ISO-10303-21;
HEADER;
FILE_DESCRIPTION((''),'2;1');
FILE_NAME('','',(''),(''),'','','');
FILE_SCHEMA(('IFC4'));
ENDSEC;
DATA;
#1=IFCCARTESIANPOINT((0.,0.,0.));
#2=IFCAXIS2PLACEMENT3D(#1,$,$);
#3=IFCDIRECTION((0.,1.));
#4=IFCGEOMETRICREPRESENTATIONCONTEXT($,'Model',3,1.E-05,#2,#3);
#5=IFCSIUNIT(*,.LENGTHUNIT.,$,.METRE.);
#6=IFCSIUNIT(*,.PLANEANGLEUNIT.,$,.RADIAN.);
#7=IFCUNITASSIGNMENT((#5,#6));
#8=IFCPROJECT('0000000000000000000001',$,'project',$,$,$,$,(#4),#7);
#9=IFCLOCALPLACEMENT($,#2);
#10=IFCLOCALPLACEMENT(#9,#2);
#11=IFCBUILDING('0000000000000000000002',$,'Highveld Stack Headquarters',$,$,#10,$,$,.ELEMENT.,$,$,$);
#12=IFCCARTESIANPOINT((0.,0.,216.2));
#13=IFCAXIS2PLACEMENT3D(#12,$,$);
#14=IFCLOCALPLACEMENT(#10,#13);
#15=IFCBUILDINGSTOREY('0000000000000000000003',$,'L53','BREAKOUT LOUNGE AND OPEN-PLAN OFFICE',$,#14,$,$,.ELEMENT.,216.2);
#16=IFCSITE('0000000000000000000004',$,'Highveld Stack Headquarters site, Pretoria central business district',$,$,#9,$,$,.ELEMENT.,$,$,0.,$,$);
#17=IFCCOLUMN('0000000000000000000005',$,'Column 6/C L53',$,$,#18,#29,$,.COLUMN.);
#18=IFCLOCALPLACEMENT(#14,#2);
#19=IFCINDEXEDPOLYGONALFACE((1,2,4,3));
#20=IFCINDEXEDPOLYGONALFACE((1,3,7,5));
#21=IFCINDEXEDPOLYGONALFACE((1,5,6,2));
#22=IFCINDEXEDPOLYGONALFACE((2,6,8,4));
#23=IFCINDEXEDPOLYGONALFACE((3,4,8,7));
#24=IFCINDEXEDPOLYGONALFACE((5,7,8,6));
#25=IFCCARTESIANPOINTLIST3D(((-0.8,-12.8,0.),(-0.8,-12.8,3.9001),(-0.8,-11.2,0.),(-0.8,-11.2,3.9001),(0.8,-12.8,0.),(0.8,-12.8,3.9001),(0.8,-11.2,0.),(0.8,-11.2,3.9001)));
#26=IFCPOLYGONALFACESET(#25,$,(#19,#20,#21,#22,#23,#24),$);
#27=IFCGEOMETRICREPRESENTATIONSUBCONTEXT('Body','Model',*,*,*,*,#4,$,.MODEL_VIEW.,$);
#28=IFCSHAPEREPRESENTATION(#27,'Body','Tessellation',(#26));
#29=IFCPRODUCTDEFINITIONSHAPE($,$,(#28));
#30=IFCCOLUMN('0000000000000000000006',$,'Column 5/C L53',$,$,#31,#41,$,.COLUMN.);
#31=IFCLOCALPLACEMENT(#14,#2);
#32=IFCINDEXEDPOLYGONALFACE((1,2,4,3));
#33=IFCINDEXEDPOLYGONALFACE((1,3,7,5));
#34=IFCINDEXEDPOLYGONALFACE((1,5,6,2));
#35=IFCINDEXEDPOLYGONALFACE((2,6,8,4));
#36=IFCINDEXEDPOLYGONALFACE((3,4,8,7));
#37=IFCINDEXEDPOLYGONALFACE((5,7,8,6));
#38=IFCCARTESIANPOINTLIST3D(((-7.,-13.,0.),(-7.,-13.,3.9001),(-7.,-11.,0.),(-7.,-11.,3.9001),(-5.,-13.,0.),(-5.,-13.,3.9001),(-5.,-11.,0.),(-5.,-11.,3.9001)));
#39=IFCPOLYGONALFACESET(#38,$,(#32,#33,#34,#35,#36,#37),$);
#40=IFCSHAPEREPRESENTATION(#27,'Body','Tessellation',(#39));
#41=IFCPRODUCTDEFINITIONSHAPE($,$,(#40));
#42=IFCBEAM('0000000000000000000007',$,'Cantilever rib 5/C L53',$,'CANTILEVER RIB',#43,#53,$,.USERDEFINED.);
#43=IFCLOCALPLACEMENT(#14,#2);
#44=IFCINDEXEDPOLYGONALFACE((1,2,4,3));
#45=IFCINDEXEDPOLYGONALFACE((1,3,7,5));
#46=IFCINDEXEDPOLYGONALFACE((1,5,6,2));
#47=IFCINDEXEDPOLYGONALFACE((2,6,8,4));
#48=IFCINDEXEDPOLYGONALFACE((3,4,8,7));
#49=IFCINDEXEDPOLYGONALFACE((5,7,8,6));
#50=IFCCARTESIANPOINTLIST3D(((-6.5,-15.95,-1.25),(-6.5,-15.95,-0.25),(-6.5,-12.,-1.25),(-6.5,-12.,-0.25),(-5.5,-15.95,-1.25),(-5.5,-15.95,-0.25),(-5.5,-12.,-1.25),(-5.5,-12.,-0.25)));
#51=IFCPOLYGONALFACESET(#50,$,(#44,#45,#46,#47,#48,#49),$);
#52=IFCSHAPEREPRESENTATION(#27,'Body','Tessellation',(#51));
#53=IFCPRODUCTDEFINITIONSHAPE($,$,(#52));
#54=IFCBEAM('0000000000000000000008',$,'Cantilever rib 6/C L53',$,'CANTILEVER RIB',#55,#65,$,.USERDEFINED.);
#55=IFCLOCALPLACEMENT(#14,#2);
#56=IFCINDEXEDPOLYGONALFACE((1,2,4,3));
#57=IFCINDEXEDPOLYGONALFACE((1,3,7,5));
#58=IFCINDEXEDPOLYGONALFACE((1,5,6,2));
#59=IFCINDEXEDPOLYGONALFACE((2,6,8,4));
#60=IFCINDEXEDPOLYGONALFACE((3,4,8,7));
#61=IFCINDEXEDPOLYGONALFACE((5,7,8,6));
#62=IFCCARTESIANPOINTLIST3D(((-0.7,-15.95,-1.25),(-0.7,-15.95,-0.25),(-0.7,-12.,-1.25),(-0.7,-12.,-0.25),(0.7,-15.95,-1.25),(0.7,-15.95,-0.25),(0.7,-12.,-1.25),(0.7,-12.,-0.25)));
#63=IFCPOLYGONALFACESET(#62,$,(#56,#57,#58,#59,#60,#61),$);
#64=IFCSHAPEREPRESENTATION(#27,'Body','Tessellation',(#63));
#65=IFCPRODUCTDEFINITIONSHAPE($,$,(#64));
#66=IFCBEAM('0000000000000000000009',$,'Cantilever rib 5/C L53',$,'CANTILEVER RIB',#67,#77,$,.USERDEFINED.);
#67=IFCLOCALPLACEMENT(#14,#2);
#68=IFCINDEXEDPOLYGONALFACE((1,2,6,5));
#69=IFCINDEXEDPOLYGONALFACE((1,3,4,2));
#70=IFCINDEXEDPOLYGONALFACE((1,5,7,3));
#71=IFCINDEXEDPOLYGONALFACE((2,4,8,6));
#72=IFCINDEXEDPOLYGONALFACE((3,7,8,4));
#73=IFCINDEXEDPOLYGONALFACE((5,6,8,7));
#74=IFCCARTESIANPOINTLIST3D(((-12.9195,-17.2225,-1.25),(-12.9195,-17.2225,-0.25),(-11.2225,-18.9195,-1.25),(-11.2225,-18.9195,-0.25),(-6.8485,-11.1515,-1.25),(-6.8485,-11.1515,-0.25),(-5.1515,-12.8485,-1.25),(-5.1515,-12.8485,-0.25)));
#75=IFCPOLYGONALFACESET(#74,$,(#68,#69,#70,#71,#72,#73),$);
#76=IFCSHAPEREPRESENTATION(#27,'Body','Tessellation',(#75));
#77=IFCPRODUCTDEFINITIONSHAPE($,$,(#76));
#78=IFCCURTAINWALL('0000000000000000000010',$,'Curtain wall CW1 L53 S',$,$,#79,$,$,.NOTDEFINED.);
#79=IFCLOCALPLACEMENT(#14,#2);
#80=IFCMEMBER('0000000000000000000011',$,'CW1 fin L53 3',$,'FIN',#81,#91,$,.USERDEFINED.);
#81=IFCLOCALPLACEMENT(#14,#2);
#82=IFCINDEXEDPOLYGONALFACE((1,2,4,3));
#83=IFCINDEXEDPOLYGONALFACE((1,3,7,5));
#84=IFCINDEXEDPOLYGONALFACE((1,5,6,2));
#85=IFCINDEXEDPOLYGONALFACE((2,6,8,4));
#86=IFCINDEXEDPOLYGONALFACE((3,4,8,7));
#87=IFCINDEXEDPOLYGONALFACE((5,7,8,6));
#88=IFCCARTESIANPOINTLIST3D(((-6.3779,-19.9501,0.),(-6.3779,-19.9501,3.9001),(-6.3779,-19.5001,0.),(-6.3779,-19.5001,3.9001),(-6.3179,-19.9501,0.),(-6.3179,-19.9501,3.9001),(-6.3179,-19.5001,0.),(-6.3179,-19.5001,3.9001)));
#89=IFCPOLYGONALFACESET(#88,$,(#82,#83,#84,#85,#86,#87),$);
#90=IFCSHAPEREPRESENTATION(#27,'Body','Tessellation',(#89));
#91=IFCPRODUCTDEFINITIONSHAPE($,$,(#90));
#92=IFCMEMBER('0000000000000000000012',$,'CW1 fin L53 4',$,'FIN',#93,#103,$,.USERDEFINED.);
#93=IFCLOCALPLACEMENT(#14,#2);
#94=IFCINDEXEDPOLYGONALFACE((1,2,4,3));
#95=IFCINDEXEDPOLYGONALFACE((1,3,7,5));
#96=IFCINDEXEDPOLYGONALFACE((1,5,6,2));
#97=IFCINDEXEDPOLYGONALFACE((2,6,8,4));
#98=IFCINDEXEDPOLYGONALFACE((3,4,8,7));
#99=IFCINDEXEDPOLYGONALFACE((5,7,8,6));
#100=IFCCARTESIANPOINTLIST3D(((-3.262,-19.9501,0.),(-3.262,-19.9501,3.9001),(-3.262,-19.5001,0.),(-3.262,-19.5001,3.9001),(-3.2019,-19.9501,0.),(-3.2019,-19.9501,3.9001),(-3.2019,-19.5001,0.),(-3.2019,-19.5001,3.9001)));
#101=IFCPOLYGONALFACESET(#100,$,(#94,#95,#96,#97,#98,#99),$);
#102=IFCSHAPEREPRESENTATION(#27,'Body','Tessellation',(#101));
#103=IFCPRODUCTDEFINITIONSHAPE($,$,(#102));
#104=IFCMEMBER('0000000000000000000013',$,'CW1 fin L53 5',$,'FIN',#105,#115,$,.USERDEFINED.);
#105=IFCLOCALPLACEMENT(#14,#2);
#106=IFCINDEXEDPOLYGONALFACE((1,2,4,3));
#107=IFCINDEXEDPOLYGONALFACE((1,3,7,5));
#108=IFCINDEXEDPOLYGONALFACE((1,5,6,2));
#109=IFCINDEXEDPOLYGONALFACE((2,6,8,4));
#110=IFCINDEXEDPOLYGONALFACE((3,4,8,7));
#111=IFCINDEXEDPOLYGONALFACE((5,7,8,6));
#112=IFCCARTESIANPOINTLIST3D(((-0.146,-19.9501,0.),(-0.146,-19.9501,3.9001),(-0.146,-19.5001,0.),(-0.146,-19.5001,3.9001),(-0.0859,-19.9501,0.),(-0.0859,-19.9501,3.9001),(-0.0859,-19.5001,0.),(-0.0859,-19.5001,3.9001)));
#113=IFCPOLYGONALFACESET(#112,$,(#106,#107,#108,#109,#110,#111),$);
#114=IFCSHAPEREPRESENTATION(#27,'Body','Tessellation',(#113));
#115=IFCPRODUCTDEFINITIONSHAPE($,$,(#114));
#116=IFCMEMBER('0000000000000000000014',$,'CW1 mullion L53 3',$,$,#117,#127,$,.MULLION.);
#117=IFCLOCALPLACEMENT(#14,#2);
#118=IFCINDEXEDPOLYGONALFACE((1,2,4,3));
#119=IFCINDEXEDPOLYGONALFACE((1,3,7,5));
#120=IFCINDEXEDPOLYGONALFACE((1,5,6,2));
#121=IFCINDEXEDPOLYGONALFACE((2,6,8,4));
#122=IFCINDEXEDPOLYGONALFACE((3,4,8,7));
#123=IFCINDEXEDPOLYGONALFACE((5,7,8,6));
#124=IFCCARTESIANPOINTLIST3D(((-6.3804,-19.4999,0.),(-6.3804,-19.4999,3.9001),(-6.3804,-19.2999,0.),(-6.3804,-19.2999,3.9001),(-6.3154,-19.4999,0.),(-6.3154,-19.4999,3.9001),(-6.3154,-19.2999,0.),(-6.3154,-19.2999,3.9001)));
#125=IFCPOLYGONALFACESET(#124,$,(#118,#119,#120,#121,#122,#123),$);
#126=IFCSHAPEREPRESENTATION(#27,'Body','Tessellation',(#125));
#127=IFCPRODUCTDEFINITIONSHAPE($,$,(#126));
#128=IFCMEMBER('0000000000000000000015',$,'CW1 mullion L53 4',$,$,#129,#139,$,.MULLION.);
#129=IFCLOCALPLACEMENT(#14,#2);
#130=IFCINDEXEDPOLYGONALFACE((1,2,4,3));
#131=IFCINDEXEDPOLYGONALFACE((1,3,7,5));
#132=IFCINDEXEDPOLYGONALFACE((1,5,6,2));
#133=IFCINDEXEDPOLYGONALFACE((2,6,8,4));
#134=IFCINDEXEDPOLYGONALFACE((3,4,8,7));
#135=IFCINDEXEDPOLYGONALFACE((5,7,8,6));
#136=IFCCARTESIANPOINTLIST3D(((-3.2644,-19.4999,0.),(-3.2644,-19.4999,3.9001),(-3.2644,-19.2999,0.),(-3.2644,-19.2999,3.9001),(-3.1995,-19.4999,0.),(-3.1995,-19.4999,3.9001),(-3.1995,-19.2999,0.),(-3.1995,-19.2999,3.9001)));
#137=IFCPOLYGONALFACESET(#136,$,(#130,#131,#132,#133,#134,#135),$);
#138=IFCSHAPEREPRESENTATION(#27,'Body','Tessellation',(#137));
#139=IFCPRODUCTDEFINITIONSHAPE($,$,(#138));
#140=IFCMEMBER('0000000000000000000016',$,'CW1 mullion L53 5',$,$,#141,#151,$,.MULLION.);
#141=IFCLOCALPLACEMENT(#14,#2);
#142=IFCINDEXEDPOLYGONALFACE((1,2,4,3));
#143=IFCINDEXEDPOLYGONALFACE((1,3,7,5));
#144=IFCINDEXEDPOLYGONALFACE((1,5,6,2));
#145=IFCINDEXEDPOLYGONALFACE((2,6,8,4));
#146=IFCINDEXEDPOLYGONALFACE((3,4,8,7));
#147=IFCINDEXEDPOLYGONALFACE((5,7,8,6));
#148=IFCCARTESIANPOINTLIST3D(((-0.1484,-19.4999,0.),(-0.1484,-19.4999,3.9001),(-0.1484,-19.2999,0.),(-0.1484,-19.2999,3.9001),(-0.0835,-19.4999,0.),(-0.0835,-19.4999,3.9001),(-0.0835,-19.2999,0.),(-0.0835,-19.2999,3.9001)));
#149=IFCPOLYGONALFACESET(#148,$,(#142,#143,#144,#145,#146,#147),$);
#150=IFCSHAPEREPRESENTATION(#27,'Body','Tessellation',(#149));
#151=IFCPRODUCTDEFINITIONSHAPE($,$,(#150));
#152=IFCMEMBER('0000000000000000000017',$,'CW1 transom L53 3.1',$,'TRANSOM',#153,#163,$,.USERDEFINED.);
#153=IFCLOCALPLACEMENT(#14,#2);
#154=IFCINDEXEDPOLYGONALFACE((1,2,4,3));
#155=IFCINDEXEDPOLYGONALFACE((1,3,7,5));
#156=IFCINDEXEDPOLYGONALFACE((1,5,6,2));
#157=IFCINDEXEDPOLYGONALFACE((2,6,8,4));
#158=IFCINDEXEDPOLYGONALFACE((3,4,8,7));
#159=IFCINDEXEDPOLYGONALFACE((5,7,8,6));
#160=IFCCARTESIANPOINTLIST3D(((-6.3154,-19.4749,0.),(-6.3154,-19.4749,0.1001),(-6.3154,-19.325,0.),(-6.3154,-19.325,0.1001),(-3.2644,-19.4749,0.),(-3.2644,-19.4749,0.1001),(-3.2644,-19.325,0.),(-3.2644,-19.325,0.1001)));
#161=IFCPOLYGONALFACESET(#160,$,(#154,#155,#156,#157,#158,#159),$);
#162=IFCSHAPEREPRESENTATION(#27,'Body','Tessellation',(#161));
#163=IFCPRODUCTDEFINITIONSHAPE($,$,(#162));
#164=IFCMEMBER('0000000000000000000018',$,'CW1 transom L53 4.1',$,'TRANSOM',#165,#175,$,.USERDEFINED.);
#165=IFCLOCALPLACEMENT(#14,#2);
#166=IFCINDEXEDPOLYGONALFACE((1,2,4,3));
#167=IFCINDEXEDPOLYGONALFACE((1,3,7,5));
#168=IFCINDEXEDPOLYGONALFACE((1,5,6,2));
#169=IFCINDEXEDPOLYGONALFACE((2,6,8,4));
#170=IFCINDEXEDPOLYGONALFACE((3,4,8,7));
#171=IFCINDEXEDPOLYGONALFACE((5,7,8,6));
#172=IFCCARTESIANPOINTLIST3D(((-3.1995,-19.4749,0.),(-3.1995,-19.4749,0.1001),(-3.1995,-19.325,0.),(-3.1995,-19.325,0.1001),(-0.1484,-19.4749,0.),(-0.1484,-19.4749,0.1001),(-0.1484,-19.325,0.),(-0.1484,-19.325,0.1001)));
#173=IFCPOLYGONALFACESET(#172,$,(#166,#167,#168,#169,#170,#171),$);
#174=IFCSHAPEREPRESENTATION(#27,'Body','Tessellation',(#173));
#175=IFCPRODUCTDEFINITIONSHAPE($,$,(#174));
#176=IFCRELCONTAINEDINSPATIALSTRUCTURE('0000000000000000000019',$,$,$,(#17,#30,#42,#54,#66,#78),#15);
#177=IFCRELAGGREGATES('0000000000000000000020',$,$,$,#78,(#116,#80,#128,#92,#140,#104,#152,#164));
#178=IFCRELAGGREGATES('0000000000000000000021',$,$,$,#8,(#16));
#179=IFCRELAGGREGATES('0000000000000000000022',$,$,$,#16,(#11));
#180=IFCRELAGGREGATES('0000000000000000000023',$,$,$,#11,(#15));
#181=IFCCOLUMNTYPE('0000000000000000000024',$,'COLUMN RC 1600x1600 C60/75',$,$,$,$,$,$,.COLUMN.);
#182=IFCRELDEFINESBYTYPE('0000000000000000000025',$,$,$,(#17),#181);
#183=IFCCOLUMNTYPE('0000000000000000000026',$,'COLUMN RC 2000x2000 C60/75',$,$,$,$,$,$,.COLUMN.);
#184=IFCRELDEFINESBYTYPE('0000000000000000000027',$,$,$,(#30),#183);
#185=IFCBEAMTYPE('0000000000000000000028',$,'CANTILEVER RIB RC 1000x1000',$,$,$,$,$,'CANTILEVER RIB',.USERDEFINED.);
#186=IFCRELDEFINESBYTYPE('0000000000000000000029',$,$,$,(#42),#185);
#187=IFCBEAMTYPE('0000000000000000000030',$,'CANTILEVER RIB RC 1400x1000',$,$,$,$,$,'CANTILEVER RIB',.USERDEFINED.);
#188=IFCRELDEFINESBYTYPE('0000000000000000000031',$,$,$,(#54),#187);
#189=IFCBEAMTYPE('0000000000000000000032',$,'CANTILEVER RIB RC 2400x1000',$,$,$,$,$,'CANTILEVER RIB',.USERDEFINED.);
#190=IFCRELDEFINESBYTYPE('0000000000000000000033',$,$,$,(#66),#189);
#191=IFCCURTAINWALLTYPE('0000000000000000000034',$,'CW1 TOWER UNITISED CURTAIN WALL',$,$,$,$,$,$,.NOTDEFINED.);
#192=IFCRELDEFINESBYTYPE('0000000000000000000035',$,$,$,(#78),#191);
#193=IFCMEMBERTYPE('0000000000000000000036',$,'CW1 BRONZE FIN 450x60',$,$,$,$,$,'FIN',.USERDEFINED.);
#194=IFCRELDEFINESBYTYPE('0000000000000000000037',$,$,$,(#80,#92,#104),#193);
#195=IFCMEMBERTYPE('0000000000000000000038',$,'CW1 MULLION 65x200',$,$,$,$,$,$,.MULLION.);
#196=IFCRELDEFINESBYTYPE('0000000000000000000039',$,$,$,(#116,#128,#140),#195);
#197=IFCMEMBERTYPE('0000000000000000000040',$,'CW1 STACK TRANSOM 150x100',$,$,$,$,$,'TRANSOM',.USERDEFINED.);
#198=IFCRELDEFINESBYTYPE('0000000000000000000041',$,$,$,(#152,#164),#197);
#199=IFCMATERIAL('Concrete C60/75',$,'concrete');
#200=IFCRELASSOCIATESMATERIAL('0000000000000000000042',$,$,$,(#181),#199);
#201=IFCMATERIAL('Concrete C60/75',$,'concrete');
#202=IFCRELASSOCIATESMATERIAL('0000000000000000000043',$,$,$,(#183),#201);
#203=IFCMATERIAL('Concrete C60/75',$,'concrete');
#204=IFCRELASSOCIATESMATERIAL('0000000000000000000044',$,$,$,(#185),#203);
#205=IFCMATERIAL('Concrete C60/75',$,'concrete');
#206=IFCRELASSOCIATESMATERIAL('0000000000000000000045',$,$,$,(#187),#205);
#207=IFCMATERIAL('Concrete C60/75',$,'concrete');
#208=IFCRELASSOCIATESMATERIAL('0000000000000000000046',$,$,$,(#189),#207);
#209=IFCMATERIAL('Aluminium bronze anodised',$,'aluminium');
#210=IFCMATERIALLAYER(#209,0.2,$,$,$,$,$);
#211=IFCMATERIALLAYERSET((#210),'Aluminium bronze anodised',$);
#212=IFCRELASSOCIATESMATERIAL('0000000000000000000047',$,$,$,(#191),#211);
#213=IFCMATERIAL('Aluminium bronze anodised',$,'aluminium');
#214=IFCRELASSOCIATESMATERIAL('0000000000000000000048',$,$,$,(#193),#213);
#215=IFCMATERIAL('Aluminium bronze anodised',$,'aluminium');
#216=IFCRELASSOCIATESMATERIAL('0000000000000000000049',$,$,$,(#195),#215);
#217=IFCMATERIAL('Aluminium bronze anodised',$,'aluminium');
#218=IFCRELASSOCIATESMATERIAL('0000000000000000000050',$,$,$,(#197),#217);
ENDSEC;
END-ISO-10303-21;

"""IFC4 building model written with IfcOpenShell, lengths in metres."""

from ifc_helpers import new_model, si_unit, direction, frame, origin, origin_2d, place, context, subcontext, project, spatial, rectangle, extrude, material, layer, layer_set, material_profile, profile_set, type_object, element, aggregate, save


model = new_model("IFC4")

# Units and contexts
model_context = context("Model", 3, precision=1e-05, world=origin(), true_north=direction((0.0, 1.0)))
body_context = subcontext(model_context, "Body", "Model", "MODEL_VIEW")
ifc_project = project(units=[si_unit("LENGTHUNIT", "METRE"), si_unit("PLANEANGLEUNIT", "RADIAN")], contexts=[model_context])

# Site, building, storey
site_placement = place(None, origin())
site = spatial("IfcSite", under=ifc_project, at=site_placement, Name="Highveld Stack Headquarters site, Pretoria central business district", CompositionType="ELEMENT", RefElevation=0.0)
building_placement = place(site_placement, origin())
building = spatial("IfcBuilding", under=site, at=building_placement, Name="Highveld Stack Headquarters", CompositionType="ELEMENT")
storey_placement = place(building_placement, frame((0.0, 0.0, 216.2)))
storey = spatial("IfcBuildingStorey", under=building, at=storey_placement, Name="L53", Description="BREAKOUT LOUNGE AND OPEN-PLAN OFFICE", CompositionType="ELEMENT", Elevation=216.2)

# Columns
ifc_material_1 = material(Name="Concrete C60/75", Category="concrete")
ifc_material_profile_1 = material_profile(ifc_material_1, rectangle(XDim=1.6001, YDim=1.6001, at=origin_2d()), Name="RC 1600x1600")
ifc_profile_set_1 = profile_set([ifc_material_profile_1], Name="Concrete C60/75")
column_type_1 = type_object("IfcColumnType", Name="COLUMN RC 1600x1600 C60/75", PredefinedType="COLUMN", material=ifc_profile_set_1)
column_1_placement = place(storey_placement, frame((0.0, -12.0, 0.0), z_axis=(0.0, 0.0, 1.0), x_axis=(1.0, 0.0, 0.0)))
element("IfcColumn", 1, at=column_1_placement, inside=storey, type_object=column_type_1, Name="Column 6/C L53", PredefinedType="COLUMN", context=body_context, shape_type="SweptSolid", body=[
    extrude(rectangle(XDim=1.6001, YDim=1.6001, at=origin_2d()), origin(), (0.0, 0.0, 1.0), 3.9001),
])
ifc_material_2 = material(Name="Concrete C60/75", Category="concrete")
ifc_material_profile_2 = material_profile(ifc_material_2, rectangle(XDim=2.0, YDim=2.0, at=origin_2d()), Name="RC 2000x2000")
ifc_profile_set_2 = profile_set([ifc_material_profile_2], Name="Concrete C60/75")
column_type_2 = type_object("IfcColumnType", Name="COLUMN RC 2000x2000 C60/75", PredefinedType="COLUMN", material=ifc_profile_set_2)
column_2_placement = place(storey_placement, frame((-6.0, -12.0, 0.0), z_axis=(0.0, 0.0, 1.0), x_axis=(1.0, 0.0, 0.0)))
element("IfcColumn", 2, at=column_2_placement, inside=storey, type_object=column_type_2, Name="Column 5/C L53", PredefinedType="COLUMN", context=body_context, shape_type="SweptSolid", body=[
    extrude(rectangle(XDim=2.0, YDim=2.0, at=origin_2d()), origin(), (0.0, 0.0, 1.0), 3.9001),
])

# Beams
ifc_material_3 = material(Name="Concrete C60/75", Category="concrete")
ifc_material_profile_3 = material_profile(ifc_material_3, rectangle(XDim=1.0, YDim=1.0, at=origin_2d()), Name="RC 1000x1000")
ifc_profile_set_3 = profile_set([ifc_material_profile_3], Name="Concrete C60/75")
beam_type_1 = type_object("IfcBeamType", Name="CANTILEVER RIB RC 1000x1000", ElementType="CANTILEVER RIB", PredefinedType="USERDEFINED", material=ifc_profile_set_3)
beam_1_placement = place(storey_placement, frame((-6.0, -12.0, -0.75), z_axis=(0.0, -1.0, 0.0), x_axis=(1.0, 0.0, 0.0)))
element("IfcBeam", 3, at=beam_1_placement, inside=storey, type_object=beam_type_1, Name="Cantilever rib 5/C L53", ObjectType="CANTILEVER RIB", PredefinedType="USERDEFINED", context=body_context, shape_type="SweptSolid", body=[
    extrude(rectangle(XDim=1.0, YDim=1.0, at=origin_2d()), origin(), (0.0, 0.0, 1.0), 3.95),
])
ifc_material_4 = material(Name="Concrete C60/75", Category="concrete")
ifc_material_profile_4 = material_profile(ifc_material_4, rectangle(XDim=1.3999, YDim=1.0, at=origin_2d()), Name="RC 1400x1000")
ifc_profile_set_4 = profile_set([ifc_material_profile_4], Name="Concrete C60/75")
beam_type_2 = type_object("IfcBeamType", Name="CANTILEVER RIB RC 1400x1000", ElementType="CANTILEVER RIB", PredefinedType="USERDEFINED", material=ifc_profile_set_4)
beam_2_placement = place(storey_placement, frame((0.0, -12.0, -0.75), z_axis=(0.0, -1.0, 0.0), x_axis=(1.0, 0.0, 0.0)))
element("IfcBeam", 4, at=beam_2_placement, inside=storey, type_object=beam_type_2, Name="Cantilever rib 6/C L53", ObjectType="CANTILEVER RIB", PredefinedType="USERDEFINED", context=body_context, shape_type="SweptSolid", body=[
    extrude(rectangle(XDim=1.3999, YDim=1.0, at=origin_2d()), origin(), (0.0, 0.0, 1.0), 3.95),
])
ifc_material_5 = material(Name="Concrete C60/75", Category="concrete")
ifc_material_profile_5 = material_profile(ifc_material_5, rectangle(XDim=2.3999, YDim=1.0, at=origin_2d()), Name="RC 2400x1000")
ifc_profile_set_5 = profile_set([ifc_material_profile_5], Name="Concrete C60/75")
beam_type_3 = type_object("IfcBeamType", Name="CANTILEVER RIB RC 2400x1000", ElementType="CANTILEVER RIB", PredefinedType="USERDEFINED", material=ifc_profile_set_5)
beam_3_placement = place(storey_placement, frame((-6.0, -12.0, -0.75), z_axis=(-0.707107, -0.707107, 0.0), x_axis=(0.707107, -0.707107, 0.0)))
element("IfcBeam", 5, at=beam_3_placement, inside=storey, type_object=beam_type_3, Name="Cantilever rib 5/C L53", ObjectType="CANTILEVER RIB", PredefinedType="USERDEFINED", context=body_context, shape_type="SweptSolid", body=[
    extrude(rectangle(XDim=2.3999, YDim=1.0, at=origin_2d()), origin(), (0.0, 0.0, 1.0), 8.5857),
])

# Curtain wall, members
ifc_material_6 = material(Name="Aluminium bronze anodised", Category="aluminium")
ifc_layer_1 = layer(ifc_material_6, 0.2)
ifc_layer_set_1 = layer_set([ifc_layer_1], Name="Aluminium bronze anodised")
curtain_wall_type = type_object("IfcCurtainWallType", Name="CW1 TOWER UNITISED CURTAIN WALL", PredefinedType="NOTDEFINED", material=ifc_layer_set_1)
curtain_wall_placement = place(storey_placement, origin())
curtain_wall = element("IfcCurtainWall", 6, at=curtain_wall_placement, inside=storey, type_object=curtain_wall_type, Name="Curtain wall CW1 L53 S", PredefinedType="NOTDEFINED")
ifc_material_7 = material(Name="Aluminium bronze anodised", Category="aluminium")
ifc_material_profile_6 = material_profile(ifc_material_7, rectangle(XDim=0.45, YDim=0.0601, at=origin_2d()), Name="FIN 450x60")
ifc_profile_set_6 = profile_set([ifc_material_profile_6], Name="Aluminium bronze anodised")
member_type_1 = type_object("IfcMemberType", Name="CW1 BRONZE FIN 450x60", ElementType="FIN", PredefinedType="USERDEFINED", material=ifc_profile_set_6)
member_1_placement = place(storey_placement, frame((-6.3479, -19.7251, 0.0), z_axis=(0.0, 0.0, 1.0), x_axis=(0.0, 1.0, 0.0)))
member_1 = element("IfcMember", 7, at=member_1_placement, type_object=member_type_1, Name="CW1 fin L53 3", ObjectType="FIN", PredefinedType="USERDEFINED", context=body_context, shape_type="SweptSolid", body=[
    extrude(rectangle(XDim=0.45, YDim=0.0601, at=origin_2d()), origin(), (0.0, 0.0, 1.0), 3.9001),
])
member_2_placement = place(storey_placement, frame((-3.2319, -19.7251, 0.0), z_axis=(0.0, 0.0, 1.0), x_axis=(0.0, 1.0, 0.0)))
member_2 = element("IfcMember", 8, at=member_2_placement, type_object=member_type_1, Name="CW1 fin L53 4", ObjectType="FIN", PredefinedType="USERDEFINED", context=body_context, shape_type="SweptSolid", body=[
    extrude(rectangle(XDim=0.45, YDim=0.0601, at=origin_2d()), origin(), (0.0, 0.0, 1.0), 3.9001),
])
member_3_placement = place(storey_placement, frame((-0.116, -19.7251, 0.0), z_axis=(0.0, 0.0, 1.0), x_axis=(0.0, 1.0, 0.0)))
member_3 = element("IfcMember", 9, at=member_3_placement, type_object=member_type_1, Name="CW1 fin L53 5", ObjectType="FIN", PredefinedType="USERDEFINED", context=body_context, shape_type="SweptSolid", body=[
    extrude(rectangle(XDim=0.45, YDim=0.0601, at=origin_2d()), origin(), (0.0, 0.0, 1.0), 3.9001),
])
ifc_material_8 = material(Name="Aluminium bronze anodised", Category="aluminium")
ifc_material_profile_7 = material_profile(ifc_material_8, rectangle(XDim=0.2, YDim=0.0649, at=origin_2d()), Name="CW1 MULLION 65x200")
ifc_profile_set_7 = profile_set([ifc_material_profile_7], Name="Aluminium bronze anodised")
member_type_2 = type_object("IfcMemberType", Name="CW1 MULLION 65x200", PredefinedType="MULLION", material=ifc_profile_set_7)
member_4_placement = place(storey_placement, frame((-6.3479, -19.3999, 0.0), z_axis=(0.0, 0.0, 1.0), x_axis=(0.0, 1.0, 0.0)))
member_4 = element("IfcMember", 10, at=member_4_placement, type_object=member_type_2, Name="CW1 mullion L53 3", PredefinedType="MULLION", context=body_context, shape_type="SweptSolid", body=[
    extrude(rectangle(XDim=0.2, YDim=0.0649, at=origin_2d()), origin(), (0.0, 0.0, 1.0), 3.9001),
])
member_5_placement = place(storey_placement, frame((-3.2319, -19.3999, 0.0), z_axis=(0.0, 0.0, 1.0), x_axis=(0.0, 1.0, 0.0)))
member_5 = element("IfcMember", 11, at=member_5_placement, type_object=member_type_2, Name="CW1 mullion L53 4", PredefinedType="MULLION", context=body_context, shape_type="SweptSolid", body=[
    extrude(rectangle(XDim=0.2, YDim=0.0649, at=origin_2d()), origin(), (0.0, 0.0, 1.0), 3.9001),
])
member_6_placement = place(storey_placement, frame((-0.116, -19.3999, 0.0), z_axis=(0.0, 0.0, 1.0), x_axis=(0.0, 1.0, 0.0)))
member_6 = element("IfcMember", 12, at=member_6_placement, type_object=member_type_2, Name="CW1 mullion L53 5", PredefinedType="MULLION", context=body_context, shape_type="SweptSolid", body=[
    extrude(rectangle(XDim=0.2, YDim=0.0649, at=origin_2d()), origin(), (0.0, 0.0, 1.0), 3.9001),
])
ifc_material_9 = material(Name="Aluminium bronze anodised", Category="aluminium")
ifc_material_profile_8 = material_profile(ifc_material_9, rectangle(XDim=0.1499, YDim=0.1001, at=origin_2d()), Name="CW1 TRANSOM 150x100")
ifc_profile_set_8 = profile_set([ifc_material_profile_8], Name="Aluminium bronze anodised")
member_type_3 = type_object("IfcMemberType", Name="CW1 STACK TRANSOM 150x100", ElementType="TRANSOM", PredefinedType="USERDEFINED", material=ifc_profile_set_8)
member_7_placement = place(storey_placement, frame((-6.3154, -19.3999, 0.05), z_axis=(1.0, 0.0, 0.0), x_axis=(0.0, 1.0, 0.0)))
member_7 = element("IfcMember", 13, at=member_7_placement, type_object=member_type_3, Name="CW1 transom L53 3.1", ObjectType="TRANSOM", PredefinedType="USERDEFINED", context=body_context, shape_type="SweptSolid", body=[
    extrude(rectangle(XDim=0.1499, YDim=0.1001, at=origin_2d()), origin(), (0.0, 0.0, 1.0), 3.051),
])
member_8_placement = place(storey_placement, frame((-3.1995, -19.3999, 0.05), z_axis=(1.0, 0.0, 0.0), x_axis=(0.0, 1.0, 0.0)))
member_8 = element("IfcMember", 14, at=member_8_placement, type_object=member_type_3, Name="CW1 transom L53 4.1", ObjectType="TRANSOM", PredefinedType="USERDEFINED", context=body_context, shape_type="SweptSolid", body=[
    extrude(rectangle(XDim=0.1499, YDim=0.1001, at=origin_2d()), origin(), (0.0, 0.0, 1.0), 3.051),
])

aggregate(curtain_wall, [member_4, member_1, member_5, member_2, member_6, member_3, member_7, member_8])

save(model, "model.ifc")
